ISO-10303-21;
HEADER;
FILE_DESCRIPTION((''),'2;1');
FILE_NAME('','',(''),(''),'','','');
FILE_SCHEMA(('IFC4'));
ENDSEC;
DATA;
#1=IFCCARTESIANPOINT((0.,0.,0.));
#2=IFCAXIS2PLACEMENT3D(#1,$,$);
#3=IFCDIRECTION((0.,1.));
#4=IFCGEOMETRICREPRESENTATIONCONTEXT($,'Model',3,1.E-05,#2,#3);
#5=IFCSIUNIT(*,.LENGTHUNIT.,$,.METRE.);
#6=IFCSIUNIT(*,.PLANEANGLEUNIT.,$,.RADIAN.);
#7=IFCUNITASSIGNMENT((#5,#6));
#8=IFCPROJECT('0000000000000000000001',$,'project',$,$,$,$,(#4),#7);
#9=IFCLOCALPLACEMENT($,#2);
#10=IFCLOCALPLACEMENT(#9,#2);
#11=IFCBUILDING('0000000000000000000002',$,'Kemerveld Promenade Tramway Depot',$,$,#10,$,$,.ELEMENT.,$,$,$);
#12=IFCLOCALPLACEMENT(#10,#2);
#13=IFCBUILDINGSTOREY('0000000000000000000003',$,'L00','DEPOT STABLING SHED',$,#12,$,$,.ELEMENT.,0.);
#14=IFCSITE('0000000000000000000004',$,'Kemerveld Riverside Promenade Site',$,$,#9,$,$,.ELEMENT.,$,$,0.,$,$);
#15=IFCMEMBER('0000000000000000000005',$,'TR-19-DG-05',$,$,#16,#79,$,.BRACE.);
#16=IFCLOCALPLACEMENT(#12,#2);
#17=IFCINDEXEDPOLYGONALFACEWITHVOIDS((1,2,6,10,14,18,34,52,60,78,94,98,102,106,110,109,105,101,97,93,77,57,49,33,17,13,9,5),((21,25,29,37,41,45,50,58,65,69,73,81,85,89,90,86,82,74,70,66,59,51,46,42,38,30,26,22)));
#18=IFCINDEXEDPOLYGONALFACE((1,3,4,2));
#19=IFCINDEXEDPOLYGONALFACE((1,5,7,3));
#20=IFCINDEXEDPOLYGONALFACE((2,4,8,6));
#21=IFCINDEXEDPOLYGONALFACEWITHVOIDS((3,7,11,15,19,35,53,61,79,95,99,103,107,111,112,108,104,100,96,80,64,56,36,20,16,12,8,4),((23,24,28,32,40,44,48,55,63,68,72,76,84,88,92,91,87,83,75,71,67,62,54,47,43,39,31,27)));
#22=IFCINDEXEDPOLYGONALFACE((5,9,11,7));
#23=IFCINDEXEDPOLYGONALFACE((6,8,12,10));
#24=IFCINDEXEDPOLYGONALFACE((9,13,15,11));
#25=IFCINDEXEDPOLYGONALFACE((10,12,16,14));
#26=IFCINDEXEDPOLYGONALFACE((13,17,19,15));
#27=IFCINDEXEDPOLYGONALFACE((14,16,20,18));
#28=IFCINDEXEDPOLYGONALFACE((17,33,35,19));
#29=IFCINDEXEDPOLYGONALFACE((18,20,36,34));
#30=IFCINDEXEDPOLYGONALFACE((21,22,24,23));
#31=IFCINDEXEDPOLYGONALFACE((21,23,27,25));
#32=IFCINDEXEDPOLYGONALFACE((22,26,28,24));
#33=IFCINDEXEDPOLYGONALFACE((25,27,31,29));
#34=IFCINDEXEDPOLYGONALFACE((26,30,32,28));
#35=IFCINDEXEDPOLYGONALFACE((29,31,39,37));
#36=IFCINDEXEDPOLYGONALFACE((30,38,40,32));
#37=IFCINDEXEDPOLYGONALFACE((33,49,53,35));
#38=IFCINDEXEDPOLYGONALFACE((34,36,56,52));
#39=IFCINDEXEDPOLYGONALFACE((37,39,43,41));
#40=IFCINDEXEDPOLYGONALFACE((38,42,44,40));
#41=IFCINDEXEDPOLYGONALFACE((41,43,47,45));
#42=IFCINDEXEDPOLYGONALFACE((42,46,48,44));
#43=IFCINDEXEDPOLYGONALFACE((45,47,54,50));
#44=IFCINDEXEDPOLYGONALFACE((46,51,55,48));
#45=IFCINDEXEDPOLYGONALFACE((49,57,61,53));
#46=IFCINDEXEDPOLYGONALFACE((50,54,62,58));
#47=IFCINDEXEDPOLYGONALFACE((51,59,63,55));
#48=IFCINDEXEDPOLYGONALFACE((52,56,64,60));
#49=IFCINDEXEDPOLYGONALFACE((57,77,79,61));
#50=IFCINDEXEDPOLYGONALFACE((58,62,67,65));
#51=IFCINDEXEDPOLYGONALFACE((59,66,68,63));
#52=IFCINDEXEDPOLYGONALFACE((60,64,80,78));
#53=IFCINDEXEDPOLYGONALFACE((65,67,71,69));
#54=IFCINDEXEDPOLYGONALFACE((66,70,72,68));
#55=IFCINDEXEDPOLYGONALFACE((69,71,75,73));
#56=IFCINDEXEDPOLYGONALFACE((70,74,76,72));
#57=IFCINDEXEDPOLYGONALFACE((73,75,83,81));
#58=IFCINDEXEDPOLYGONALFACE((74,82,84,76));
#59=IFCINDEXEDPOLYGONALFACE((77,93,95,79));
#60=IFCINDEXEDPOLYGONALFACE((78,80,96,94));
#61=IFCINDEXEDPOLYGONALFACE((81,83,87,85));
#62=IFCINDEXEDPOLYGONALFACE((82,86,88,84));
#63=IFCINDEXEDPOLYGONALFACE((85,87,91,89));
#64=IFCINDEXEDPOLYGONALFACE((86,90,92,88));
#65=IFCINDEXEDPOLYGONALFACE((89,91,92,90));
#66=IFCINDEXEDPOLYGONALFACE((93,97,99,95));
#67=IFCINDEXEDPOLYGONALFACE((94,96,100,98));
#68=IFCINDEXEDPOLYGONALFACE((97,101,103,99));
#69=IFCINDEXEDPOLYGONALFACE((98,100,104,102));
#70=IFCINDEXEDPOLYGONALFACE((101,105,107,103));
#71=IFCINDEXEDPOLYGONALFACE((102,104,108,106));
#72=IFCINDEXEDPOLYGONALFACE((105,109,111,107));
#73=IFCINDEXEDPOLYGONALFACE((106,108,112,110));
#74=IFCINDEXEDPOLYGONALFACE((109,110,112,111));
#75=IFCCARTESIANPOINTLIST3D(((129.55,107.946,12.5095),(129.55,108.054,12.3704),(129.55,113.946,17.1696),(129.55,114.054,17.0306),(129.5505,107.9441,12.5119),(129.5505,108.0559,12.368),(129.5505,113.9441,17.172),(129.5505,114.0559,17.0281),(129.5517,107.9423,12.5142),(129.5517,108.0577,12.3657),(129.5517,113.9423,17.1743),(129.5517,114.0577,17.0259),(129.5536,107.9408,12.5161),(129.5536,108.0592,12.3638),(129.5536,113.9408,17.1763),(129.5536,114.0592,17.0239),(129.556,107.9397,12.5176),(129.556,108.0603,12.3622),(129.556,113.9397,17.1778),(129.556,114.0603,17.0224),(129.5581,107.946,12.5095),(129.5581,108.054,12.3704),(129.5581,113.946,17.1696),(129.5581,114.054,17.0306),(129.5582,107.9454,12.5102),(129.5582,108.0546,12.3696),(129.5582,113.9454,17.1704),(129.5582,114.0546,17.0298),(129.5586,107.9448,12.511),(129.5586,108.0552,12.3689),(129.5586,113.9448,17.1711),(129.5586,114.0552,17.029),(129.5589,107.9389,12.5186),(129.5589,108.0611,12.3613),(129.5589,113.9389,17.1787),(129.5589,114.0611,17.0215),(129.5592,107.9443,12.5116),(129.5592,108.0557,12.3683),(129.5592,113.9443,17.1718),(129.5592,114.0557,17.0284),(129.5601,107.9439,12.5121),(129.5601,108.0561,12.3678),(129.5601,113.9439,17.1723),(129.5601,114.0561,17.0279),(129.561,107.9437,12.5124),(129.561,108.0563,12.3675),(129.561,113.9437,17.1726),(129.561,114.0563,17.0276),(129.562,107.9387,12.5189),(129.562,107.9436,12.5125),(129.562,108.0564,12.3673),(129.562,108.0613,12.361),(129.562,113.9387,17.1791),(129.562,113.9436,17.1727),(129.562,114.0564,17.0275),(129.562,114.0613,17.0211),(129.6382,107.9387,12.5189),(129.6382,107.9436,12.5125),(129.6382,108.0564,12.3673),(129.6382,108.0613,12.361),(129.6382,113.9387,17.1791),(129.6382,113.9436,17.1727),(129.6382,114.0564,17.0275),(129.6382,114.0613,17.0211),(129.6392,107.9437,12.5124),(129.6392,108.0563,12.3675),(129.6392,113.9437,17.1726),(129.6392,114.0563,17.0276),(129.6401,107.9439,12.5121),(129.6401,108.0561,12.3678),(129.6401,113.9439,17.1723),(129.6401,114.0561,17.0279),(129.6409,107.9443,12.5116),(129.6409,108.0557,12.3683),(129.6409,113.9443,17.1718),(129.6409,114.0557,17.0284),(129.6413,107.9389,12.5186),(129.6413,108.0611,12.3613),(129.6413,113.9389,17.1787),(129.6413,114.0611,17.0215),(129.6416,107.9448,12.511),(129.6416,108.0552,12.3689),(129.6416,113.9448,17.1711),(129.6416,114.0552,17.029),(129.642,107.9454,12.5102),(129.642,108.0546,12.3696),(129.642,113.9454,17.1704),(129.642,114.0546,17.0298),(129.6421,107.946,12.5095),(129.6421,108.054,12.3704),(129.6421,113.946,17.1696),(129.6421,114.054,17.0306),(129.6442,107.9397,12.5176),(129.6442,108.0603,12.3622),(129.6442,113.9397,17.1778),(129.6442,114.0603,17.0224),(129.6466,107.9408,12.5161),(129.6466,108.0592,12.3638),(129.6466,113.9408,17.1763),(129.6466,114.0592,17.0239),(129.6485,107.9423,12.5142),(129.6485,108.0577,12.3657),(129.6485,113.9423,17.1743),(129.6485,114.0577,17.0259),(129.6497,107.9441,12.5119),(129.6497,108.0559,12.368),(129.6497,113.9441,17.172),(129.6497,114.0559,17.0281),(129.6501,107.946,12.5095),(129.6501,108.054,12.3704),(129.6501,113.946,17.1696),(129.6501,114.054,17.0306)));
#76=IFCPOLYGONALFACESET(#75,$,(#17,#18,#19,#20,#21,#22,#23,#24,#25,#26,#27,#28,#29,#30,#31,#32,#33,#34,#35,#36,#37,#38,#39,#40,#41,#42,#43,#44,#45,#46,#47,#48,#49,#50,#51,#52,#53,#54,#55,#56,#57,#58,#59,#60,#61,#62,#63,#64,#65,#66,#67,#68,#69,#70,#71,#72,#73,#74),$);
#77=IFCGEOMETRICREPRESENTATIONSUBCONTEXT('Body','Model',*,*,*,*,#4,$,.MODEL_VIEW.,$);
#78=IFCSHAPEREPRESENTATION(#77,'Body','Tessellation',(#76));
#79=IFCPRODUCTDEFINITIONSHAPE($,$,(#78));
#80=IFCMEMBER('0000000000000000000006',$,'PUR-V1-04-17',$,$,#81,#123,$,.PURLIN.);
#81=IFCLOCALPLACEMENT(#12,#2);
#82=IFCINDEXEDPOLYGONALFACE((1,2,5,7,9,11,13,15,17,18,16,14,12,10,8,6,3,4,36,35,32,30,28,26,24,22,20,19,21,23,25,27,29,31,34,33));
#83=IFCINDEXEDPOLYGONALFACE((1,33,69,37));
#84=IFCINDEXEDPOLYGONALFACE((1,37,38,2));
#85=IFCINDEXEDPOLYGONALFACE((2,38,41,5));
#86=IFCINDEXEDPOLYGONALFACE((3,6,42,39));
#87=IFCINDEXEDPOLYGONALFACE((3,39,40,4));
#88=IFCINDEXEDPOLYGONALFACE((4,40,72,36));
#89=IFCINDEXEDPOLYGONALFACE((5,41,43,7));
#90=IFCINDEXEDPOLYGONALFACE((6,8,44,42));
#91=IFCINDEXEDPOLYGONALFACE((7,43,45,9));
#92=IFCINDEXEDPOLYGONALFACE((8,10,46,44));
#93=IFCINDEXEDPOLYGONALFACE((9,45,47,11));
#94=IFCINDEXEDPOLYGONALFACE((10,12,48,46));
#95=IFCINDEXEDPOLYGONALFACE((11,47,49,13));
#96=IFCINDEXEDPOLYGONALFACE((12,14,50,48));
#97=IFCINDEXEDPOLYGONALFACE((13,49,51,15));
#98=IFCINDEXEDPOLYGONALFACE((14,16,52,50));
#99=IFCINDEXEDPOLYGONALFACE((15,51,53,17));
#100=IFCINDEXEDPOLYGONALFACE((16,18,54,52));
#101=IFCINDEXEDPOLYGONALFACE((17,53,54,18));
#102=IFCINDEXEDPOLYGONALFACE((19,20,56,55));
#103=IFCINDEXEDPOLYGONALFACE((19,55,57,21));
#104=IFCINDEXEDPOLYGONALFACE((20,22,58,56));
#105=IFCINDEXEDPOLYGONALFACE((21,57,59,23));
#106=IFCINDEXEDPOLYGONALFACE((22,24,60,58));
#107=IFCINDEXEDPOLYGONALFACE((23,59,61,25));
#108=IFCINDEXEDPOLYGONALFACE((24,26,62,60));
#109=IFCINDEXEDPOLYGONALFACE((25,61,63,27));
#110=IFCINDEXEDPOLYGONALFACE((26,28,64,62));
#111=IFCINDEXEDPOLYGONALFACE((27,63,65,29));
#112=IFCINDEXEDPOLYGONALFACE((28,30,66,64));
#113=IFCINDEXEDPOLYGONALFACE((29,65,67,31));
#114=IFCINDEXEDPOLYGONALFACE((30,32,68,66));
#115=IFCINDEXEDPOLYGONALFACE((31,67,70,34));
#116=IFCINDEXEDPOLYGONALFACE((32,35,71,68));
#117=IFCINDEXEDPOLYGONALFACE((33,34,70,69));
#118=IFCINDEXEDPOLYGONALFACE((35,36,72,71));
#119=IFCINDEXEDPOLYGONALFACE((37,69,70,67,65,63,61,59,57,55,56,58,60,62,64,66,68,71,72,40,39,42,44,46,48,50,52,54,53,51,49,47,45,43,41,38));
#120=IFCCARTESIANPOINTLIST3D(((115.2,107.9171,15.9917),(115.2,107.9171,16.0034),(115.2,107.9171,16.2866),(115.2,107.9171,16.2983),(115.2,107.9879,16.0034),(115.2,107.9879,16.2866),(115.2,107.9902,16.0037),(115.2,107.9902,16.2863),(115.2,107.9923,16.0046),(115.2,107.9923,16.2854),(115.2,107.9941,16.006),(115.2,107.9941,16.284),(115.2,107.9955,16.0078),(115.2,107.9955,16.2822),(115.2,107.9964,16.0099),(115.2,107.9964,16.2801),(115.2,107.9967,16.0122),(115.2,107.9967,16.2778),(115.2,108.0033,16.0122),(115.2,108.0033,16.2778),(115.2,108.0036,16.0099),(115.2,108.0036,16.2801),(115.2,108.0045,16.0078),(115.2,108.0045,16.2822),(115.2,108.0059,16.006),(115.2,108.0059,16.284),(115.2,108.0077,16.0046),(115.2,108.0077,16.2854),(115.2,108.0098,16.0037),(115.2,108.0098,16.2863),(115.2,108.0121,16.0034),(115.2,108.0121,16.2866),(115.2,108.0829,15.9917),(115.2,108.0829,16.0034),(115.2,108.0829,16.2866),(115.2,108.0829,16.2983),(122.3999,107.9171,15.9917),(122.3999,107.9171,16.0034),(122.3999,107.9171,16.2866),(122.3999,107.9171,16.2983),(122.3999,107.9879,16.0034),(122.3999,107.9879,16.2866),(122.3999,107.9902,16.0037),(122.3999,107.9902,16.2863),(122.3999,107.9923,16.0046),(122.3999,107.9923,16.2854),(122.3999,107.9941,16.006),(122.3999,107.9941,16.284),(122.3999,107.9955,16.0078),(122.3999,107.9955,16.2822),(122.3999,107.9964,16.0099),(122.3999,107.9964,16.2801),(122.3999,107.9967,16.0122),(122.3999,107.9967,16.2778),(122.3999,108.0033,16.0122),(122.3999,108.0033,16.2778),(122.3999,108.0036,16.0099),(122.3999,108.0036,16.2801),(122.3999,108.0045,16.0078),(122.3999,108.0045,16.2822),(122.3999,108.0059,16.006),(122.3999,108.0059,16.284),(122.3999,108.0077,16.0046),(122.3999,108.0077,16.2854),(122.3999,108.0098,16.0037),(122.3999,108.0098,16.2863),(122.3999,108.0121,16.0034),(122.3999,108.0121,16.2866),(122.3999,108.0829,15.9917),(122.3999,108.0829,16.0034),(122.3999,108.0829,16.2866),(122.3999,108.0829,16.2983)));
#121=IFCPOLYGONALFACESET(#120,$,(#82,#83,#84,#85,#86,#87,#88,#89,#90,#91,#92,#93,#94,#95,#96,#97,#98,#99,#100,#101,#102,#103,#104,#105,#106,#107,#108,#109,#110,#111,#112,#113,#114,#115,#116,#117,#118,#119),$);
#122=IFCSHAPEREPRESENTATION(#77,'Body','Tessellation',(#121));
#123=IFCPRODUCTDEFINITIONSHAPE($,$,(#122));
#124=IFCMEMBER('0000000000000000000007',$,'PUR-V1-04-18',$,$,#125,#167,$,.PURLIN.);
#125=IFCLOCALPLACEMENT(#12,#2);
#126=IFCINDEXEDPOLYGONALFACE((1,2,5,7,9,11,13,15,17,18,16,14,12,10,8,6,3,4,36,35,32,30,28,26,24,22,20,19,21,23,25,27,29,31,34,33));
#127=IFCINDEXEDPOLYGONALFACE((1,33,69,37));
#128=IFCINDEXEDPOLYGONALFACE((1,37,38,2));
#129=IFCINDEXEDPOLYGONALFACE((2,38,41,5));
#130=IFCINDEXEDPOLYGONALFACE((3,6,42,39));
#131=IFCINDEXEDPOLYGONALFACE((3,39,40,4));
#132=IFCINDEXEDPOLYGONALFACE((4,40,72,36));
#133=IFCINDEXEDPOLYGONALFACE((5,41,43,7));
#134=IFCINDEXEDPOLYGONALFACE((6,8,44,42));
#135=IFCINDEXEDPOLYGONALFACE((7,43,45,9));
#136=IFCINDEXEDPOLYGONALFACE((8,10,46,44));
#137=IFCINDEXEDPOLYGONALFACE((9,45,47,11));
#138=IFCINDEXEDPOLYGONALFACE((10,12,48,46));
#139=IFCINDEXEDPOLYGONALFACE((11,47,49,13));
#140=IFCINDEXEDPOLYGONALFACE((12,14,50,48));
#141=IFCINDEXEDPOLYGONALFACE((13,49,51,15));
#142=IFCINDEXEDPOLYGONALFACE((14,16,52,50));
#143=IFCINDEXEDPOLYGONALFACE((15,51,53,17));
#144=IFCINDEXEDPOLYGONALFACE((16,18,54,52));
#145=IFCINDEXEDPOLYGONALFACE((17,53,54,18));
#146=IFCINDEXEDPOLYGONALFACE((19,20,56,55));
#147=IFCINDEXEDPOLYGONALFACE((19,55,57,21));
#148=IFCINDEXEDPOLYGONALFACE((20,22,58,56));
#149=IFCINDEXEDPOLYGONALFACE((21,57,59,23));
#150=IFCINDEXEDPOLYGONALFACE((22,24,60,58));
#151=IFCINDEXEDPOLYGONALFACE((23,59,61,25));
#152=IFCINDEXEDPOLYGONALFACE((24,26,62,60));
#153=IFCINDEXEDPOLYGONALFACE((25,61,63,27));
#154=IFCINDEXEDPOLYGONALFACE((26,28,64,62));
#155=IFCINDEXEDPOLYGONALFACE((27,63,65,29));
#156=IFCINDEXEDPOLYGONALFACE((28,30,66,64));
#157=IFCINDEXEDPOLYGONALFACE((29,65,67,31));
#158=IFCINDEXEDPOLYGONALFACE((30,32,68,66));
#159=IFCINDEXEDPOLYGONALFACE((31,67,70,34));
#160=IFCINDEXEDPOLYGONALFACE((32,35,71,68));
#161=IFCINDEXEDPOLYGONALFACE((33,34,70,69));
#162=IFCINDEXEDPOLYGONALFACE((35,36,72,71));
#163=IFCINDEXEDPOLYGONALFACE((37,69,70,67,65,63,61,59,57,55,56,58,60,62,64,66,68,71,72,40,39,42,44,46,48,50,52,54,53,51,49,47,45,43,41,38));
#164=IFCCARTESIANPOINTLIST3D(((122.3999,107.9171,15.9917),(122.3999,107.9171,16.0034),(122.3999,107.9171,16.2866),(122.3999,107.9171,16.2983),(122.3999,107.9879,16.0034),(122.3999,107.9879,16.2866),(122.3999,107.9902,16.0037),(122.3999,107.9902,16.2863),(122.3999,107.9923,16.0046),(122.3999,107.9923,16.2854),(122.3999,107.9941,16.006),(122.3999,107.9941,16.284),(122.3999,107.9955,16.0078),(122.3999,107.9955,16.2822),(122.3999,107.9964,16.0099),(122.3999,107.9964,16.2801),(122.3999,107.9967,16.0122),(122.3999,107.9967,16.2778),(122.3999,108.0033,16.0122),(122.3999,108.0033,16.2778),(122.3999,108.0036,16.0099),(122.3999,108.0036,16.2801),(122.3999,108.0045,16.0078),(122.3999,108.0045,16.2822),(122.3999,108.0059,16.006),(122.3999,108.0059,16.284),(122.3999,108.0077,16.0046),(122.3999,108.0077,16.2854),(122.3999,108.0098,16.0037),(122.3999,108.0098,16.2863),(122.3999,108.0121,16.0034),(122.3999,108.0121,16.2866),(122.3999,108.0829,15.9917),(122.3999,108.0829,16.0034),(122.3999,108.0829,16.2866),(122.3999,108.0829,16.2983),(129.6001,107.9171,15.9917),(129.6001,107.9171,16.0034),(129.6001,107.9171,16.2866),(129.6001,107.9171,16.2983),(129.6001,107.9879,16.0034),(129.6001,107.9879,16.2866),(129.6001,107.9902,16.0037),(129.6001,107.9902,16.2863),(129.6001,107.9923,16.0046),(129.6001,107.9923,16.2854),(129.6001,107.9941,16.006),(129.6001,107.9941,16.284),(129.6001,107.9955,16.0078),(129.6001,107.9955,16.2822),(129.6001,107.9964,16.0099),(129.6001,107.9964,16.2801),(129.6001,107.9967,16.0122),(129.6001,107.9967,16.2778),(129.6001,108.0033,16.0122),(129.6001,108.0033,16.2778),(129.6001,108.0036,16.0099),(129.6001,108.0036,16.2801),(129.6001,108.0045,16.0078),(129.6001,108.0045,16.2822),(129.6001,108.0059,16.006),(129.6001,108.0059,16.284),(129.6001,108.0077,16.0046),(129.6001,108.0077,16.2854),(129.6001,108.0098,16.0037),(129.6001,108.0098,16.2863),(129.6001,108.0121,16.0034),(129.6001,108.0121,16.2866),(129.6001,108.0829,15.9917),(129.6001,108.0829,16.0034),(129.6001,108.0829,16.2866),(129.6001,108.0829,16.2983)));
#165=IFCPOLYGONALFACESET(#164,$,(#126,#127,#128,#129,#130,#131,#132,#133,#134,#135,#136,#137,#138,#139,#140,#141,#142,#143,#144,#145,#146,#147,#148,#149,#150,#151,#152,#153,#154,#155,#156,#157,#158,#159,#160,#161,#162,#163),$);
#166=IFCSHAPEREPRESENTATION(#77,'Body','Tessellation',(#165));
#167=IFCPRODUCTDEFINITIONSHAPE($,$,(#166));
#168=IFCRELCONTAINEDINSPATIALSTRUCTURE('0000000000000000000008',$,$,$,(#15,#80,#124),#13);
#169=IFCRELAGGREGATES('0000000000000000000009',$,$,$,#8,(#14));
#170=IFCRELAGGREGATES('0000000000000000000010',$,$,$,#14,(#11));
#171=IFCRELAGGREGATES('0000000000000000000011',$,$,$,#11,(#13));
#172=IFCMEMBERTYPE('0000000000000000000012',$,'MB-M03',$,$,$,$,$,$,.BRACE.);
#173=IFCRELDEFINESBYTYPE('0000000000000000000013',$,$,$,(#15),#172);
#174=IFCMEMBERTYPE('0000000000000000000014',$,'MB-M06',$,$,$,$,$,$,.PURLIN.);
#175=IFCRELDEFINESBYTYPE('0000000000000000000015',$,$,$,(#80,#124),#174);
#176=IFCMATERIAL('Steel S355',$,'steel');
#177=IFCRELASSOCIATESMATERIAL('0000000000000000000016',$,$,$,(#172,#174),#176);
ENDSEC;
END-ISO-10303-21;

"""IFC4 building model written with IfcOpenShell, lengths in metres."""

from ifc_helpers import new_model, si_unit, direction, frame, origin, origin_2d, place, context, subcontext, project, spatial, hollow_rectangle, i_section, extrude, material, material_profile, profile_set, type_object, element, save


model = new_model("IFC4")

# Units and contexts
model_context = context("Model", 3, precision=1e-05, world=origin(), true_north=direction((0.0, 1.0)))
body_context = subcontext(model_context, "Body", "Model", "MODEL_VIEW")
ifc_project = project(units=[si_unit("LENGTHUNIT", "METRE"), si_unit("PLANEANGLEUNIT", "RADIAN")], contexts=[model_context])

# Site, building, storey
site_placement = place(None, origin())
site = spatial("IfcSite", under=ifc_project, at=site_placement, Name="Kemerveld Riverside Promenade Site", CompositionType="ELEMENT", RefElevation=0.0)
building_placement = place(site_placement, origin())
building = spatial("IfcBuilding", under=site, at=building_placement, Name="Kemerveld Promenade Tramway Depot", CompositionType="ELEMENT")
storey_placement = place(building_placement, origin())
storey = spatial("IfcBuildingStorey", under=building, at=storey_placement, Name="L00", Description="DEPOT STABLING SHED", CompositionType="ELEMENT", Elevation=0.0)

# Members
ifc_material_1 = material(Name="Steel S355", Category="steel")
ifc_material_profile_1 = material_profile(ifc_material_1, hollow_rectangle(XDim=0.1001, YDim=0.2, WallThickness=0.0081, InnerFilletRadius=0.0039, OuterFilletRadius=0.012, at=origin_2d()), Name="200x100x8.0 RHS")
ifc_profile_set_1 = profile_set([ifc_material_profile_1], Name="Steel S355")
member_type_1 = type_object("IfcMemberType", Name="MB-M03", PredefinedType="BRACE", material=ifc_profile_set_1)
member_1_placement = place(storey_placement, frame((129.6001, 108.0, 12.4399), z_axis=(0.0, 0.789767, 0.613407), x_axis=(-1.0, 0.0, 0.0)))
element("IfcMember", 1, at=member_1_placement, inside=storey, type_object=member_type_1, Name="TR-19-DG-05", PredefinedType="BRACE", context=body_context, shape_type="SweptSolid", body=[
    extrude(hollow_rectangle(XDim=0.1001, YDim=0.2, WallThickness=0.0081, InnerFilletRadius=0.0039, OuterFilletRadius=0.012, at=origin_2d()), origin(), (0.0, 0.0, 1.0), 7.5972),
])
ifc_material_profile_2 = material_profile(ifc_material_1, i_section(OverallWidth=0.1658, OverallDepth=0.3066, WebThickness=0.0066, FlangeThickness=0.0117, FilletRadius=0.0088, at=origin_2d()), Name="305x165x46 UB")
ifc_profile_set_2 = profile_set([ifc_material_profile_2], Name="Steel S355")
member_type_2 = type_object("IfcMemberType", Name="MB-M06", PredefinedType="PURLIN", material=ifc_profile_set_2)
member_2_placement = place(storey_placement, frame((115.2, 108.0, 16.145), z_axis=(1.0, 0.0, 0.0), x_axis=(0.0, 1.0, 0.0)))
element("IfcMember", 2, at=member_2_placement, inside=storey, type_object=member_type_2, Name="PUR-V1-04-17", PredefinedType="PURLIN", context=body_context, shape_type="SweptSolid", body=[
    extrude(i_section(OverallWidth=0.1658, OverallDepth=0.3066, WebThickness=0.0066, FlangeThickness=0.0117, FilletRadius=0.0088, at=origin_2d()), origin(), (0.0, 0.0, 1.0), 7.2),
])
member_3_placement = place(storey_placement, frame((122.3999, 108.0, 16.145), z_axis=(1.0, 0.0, 0.0), x_axis=(0.0, 1.0, 0.0)))
element("IfcMember", 3, at=member_3_placement, inside=storey, type_object=member_type_2, Name="PUR-V1-04-18", PredefinedType="PURLIN", context=body_context, shape_type="SweptSolid", body=[
    extrude(i_section(OverallWidth=0.1658, OverallDepth=0.3066, WebThickness=0.0066, FlangeThickness=0.0117, FilletRadius=0.0088, at=origin_2d()), origin(), (0.0, 0.0, 1.0), 7.2002),
])

save(model, "model.ifc")
